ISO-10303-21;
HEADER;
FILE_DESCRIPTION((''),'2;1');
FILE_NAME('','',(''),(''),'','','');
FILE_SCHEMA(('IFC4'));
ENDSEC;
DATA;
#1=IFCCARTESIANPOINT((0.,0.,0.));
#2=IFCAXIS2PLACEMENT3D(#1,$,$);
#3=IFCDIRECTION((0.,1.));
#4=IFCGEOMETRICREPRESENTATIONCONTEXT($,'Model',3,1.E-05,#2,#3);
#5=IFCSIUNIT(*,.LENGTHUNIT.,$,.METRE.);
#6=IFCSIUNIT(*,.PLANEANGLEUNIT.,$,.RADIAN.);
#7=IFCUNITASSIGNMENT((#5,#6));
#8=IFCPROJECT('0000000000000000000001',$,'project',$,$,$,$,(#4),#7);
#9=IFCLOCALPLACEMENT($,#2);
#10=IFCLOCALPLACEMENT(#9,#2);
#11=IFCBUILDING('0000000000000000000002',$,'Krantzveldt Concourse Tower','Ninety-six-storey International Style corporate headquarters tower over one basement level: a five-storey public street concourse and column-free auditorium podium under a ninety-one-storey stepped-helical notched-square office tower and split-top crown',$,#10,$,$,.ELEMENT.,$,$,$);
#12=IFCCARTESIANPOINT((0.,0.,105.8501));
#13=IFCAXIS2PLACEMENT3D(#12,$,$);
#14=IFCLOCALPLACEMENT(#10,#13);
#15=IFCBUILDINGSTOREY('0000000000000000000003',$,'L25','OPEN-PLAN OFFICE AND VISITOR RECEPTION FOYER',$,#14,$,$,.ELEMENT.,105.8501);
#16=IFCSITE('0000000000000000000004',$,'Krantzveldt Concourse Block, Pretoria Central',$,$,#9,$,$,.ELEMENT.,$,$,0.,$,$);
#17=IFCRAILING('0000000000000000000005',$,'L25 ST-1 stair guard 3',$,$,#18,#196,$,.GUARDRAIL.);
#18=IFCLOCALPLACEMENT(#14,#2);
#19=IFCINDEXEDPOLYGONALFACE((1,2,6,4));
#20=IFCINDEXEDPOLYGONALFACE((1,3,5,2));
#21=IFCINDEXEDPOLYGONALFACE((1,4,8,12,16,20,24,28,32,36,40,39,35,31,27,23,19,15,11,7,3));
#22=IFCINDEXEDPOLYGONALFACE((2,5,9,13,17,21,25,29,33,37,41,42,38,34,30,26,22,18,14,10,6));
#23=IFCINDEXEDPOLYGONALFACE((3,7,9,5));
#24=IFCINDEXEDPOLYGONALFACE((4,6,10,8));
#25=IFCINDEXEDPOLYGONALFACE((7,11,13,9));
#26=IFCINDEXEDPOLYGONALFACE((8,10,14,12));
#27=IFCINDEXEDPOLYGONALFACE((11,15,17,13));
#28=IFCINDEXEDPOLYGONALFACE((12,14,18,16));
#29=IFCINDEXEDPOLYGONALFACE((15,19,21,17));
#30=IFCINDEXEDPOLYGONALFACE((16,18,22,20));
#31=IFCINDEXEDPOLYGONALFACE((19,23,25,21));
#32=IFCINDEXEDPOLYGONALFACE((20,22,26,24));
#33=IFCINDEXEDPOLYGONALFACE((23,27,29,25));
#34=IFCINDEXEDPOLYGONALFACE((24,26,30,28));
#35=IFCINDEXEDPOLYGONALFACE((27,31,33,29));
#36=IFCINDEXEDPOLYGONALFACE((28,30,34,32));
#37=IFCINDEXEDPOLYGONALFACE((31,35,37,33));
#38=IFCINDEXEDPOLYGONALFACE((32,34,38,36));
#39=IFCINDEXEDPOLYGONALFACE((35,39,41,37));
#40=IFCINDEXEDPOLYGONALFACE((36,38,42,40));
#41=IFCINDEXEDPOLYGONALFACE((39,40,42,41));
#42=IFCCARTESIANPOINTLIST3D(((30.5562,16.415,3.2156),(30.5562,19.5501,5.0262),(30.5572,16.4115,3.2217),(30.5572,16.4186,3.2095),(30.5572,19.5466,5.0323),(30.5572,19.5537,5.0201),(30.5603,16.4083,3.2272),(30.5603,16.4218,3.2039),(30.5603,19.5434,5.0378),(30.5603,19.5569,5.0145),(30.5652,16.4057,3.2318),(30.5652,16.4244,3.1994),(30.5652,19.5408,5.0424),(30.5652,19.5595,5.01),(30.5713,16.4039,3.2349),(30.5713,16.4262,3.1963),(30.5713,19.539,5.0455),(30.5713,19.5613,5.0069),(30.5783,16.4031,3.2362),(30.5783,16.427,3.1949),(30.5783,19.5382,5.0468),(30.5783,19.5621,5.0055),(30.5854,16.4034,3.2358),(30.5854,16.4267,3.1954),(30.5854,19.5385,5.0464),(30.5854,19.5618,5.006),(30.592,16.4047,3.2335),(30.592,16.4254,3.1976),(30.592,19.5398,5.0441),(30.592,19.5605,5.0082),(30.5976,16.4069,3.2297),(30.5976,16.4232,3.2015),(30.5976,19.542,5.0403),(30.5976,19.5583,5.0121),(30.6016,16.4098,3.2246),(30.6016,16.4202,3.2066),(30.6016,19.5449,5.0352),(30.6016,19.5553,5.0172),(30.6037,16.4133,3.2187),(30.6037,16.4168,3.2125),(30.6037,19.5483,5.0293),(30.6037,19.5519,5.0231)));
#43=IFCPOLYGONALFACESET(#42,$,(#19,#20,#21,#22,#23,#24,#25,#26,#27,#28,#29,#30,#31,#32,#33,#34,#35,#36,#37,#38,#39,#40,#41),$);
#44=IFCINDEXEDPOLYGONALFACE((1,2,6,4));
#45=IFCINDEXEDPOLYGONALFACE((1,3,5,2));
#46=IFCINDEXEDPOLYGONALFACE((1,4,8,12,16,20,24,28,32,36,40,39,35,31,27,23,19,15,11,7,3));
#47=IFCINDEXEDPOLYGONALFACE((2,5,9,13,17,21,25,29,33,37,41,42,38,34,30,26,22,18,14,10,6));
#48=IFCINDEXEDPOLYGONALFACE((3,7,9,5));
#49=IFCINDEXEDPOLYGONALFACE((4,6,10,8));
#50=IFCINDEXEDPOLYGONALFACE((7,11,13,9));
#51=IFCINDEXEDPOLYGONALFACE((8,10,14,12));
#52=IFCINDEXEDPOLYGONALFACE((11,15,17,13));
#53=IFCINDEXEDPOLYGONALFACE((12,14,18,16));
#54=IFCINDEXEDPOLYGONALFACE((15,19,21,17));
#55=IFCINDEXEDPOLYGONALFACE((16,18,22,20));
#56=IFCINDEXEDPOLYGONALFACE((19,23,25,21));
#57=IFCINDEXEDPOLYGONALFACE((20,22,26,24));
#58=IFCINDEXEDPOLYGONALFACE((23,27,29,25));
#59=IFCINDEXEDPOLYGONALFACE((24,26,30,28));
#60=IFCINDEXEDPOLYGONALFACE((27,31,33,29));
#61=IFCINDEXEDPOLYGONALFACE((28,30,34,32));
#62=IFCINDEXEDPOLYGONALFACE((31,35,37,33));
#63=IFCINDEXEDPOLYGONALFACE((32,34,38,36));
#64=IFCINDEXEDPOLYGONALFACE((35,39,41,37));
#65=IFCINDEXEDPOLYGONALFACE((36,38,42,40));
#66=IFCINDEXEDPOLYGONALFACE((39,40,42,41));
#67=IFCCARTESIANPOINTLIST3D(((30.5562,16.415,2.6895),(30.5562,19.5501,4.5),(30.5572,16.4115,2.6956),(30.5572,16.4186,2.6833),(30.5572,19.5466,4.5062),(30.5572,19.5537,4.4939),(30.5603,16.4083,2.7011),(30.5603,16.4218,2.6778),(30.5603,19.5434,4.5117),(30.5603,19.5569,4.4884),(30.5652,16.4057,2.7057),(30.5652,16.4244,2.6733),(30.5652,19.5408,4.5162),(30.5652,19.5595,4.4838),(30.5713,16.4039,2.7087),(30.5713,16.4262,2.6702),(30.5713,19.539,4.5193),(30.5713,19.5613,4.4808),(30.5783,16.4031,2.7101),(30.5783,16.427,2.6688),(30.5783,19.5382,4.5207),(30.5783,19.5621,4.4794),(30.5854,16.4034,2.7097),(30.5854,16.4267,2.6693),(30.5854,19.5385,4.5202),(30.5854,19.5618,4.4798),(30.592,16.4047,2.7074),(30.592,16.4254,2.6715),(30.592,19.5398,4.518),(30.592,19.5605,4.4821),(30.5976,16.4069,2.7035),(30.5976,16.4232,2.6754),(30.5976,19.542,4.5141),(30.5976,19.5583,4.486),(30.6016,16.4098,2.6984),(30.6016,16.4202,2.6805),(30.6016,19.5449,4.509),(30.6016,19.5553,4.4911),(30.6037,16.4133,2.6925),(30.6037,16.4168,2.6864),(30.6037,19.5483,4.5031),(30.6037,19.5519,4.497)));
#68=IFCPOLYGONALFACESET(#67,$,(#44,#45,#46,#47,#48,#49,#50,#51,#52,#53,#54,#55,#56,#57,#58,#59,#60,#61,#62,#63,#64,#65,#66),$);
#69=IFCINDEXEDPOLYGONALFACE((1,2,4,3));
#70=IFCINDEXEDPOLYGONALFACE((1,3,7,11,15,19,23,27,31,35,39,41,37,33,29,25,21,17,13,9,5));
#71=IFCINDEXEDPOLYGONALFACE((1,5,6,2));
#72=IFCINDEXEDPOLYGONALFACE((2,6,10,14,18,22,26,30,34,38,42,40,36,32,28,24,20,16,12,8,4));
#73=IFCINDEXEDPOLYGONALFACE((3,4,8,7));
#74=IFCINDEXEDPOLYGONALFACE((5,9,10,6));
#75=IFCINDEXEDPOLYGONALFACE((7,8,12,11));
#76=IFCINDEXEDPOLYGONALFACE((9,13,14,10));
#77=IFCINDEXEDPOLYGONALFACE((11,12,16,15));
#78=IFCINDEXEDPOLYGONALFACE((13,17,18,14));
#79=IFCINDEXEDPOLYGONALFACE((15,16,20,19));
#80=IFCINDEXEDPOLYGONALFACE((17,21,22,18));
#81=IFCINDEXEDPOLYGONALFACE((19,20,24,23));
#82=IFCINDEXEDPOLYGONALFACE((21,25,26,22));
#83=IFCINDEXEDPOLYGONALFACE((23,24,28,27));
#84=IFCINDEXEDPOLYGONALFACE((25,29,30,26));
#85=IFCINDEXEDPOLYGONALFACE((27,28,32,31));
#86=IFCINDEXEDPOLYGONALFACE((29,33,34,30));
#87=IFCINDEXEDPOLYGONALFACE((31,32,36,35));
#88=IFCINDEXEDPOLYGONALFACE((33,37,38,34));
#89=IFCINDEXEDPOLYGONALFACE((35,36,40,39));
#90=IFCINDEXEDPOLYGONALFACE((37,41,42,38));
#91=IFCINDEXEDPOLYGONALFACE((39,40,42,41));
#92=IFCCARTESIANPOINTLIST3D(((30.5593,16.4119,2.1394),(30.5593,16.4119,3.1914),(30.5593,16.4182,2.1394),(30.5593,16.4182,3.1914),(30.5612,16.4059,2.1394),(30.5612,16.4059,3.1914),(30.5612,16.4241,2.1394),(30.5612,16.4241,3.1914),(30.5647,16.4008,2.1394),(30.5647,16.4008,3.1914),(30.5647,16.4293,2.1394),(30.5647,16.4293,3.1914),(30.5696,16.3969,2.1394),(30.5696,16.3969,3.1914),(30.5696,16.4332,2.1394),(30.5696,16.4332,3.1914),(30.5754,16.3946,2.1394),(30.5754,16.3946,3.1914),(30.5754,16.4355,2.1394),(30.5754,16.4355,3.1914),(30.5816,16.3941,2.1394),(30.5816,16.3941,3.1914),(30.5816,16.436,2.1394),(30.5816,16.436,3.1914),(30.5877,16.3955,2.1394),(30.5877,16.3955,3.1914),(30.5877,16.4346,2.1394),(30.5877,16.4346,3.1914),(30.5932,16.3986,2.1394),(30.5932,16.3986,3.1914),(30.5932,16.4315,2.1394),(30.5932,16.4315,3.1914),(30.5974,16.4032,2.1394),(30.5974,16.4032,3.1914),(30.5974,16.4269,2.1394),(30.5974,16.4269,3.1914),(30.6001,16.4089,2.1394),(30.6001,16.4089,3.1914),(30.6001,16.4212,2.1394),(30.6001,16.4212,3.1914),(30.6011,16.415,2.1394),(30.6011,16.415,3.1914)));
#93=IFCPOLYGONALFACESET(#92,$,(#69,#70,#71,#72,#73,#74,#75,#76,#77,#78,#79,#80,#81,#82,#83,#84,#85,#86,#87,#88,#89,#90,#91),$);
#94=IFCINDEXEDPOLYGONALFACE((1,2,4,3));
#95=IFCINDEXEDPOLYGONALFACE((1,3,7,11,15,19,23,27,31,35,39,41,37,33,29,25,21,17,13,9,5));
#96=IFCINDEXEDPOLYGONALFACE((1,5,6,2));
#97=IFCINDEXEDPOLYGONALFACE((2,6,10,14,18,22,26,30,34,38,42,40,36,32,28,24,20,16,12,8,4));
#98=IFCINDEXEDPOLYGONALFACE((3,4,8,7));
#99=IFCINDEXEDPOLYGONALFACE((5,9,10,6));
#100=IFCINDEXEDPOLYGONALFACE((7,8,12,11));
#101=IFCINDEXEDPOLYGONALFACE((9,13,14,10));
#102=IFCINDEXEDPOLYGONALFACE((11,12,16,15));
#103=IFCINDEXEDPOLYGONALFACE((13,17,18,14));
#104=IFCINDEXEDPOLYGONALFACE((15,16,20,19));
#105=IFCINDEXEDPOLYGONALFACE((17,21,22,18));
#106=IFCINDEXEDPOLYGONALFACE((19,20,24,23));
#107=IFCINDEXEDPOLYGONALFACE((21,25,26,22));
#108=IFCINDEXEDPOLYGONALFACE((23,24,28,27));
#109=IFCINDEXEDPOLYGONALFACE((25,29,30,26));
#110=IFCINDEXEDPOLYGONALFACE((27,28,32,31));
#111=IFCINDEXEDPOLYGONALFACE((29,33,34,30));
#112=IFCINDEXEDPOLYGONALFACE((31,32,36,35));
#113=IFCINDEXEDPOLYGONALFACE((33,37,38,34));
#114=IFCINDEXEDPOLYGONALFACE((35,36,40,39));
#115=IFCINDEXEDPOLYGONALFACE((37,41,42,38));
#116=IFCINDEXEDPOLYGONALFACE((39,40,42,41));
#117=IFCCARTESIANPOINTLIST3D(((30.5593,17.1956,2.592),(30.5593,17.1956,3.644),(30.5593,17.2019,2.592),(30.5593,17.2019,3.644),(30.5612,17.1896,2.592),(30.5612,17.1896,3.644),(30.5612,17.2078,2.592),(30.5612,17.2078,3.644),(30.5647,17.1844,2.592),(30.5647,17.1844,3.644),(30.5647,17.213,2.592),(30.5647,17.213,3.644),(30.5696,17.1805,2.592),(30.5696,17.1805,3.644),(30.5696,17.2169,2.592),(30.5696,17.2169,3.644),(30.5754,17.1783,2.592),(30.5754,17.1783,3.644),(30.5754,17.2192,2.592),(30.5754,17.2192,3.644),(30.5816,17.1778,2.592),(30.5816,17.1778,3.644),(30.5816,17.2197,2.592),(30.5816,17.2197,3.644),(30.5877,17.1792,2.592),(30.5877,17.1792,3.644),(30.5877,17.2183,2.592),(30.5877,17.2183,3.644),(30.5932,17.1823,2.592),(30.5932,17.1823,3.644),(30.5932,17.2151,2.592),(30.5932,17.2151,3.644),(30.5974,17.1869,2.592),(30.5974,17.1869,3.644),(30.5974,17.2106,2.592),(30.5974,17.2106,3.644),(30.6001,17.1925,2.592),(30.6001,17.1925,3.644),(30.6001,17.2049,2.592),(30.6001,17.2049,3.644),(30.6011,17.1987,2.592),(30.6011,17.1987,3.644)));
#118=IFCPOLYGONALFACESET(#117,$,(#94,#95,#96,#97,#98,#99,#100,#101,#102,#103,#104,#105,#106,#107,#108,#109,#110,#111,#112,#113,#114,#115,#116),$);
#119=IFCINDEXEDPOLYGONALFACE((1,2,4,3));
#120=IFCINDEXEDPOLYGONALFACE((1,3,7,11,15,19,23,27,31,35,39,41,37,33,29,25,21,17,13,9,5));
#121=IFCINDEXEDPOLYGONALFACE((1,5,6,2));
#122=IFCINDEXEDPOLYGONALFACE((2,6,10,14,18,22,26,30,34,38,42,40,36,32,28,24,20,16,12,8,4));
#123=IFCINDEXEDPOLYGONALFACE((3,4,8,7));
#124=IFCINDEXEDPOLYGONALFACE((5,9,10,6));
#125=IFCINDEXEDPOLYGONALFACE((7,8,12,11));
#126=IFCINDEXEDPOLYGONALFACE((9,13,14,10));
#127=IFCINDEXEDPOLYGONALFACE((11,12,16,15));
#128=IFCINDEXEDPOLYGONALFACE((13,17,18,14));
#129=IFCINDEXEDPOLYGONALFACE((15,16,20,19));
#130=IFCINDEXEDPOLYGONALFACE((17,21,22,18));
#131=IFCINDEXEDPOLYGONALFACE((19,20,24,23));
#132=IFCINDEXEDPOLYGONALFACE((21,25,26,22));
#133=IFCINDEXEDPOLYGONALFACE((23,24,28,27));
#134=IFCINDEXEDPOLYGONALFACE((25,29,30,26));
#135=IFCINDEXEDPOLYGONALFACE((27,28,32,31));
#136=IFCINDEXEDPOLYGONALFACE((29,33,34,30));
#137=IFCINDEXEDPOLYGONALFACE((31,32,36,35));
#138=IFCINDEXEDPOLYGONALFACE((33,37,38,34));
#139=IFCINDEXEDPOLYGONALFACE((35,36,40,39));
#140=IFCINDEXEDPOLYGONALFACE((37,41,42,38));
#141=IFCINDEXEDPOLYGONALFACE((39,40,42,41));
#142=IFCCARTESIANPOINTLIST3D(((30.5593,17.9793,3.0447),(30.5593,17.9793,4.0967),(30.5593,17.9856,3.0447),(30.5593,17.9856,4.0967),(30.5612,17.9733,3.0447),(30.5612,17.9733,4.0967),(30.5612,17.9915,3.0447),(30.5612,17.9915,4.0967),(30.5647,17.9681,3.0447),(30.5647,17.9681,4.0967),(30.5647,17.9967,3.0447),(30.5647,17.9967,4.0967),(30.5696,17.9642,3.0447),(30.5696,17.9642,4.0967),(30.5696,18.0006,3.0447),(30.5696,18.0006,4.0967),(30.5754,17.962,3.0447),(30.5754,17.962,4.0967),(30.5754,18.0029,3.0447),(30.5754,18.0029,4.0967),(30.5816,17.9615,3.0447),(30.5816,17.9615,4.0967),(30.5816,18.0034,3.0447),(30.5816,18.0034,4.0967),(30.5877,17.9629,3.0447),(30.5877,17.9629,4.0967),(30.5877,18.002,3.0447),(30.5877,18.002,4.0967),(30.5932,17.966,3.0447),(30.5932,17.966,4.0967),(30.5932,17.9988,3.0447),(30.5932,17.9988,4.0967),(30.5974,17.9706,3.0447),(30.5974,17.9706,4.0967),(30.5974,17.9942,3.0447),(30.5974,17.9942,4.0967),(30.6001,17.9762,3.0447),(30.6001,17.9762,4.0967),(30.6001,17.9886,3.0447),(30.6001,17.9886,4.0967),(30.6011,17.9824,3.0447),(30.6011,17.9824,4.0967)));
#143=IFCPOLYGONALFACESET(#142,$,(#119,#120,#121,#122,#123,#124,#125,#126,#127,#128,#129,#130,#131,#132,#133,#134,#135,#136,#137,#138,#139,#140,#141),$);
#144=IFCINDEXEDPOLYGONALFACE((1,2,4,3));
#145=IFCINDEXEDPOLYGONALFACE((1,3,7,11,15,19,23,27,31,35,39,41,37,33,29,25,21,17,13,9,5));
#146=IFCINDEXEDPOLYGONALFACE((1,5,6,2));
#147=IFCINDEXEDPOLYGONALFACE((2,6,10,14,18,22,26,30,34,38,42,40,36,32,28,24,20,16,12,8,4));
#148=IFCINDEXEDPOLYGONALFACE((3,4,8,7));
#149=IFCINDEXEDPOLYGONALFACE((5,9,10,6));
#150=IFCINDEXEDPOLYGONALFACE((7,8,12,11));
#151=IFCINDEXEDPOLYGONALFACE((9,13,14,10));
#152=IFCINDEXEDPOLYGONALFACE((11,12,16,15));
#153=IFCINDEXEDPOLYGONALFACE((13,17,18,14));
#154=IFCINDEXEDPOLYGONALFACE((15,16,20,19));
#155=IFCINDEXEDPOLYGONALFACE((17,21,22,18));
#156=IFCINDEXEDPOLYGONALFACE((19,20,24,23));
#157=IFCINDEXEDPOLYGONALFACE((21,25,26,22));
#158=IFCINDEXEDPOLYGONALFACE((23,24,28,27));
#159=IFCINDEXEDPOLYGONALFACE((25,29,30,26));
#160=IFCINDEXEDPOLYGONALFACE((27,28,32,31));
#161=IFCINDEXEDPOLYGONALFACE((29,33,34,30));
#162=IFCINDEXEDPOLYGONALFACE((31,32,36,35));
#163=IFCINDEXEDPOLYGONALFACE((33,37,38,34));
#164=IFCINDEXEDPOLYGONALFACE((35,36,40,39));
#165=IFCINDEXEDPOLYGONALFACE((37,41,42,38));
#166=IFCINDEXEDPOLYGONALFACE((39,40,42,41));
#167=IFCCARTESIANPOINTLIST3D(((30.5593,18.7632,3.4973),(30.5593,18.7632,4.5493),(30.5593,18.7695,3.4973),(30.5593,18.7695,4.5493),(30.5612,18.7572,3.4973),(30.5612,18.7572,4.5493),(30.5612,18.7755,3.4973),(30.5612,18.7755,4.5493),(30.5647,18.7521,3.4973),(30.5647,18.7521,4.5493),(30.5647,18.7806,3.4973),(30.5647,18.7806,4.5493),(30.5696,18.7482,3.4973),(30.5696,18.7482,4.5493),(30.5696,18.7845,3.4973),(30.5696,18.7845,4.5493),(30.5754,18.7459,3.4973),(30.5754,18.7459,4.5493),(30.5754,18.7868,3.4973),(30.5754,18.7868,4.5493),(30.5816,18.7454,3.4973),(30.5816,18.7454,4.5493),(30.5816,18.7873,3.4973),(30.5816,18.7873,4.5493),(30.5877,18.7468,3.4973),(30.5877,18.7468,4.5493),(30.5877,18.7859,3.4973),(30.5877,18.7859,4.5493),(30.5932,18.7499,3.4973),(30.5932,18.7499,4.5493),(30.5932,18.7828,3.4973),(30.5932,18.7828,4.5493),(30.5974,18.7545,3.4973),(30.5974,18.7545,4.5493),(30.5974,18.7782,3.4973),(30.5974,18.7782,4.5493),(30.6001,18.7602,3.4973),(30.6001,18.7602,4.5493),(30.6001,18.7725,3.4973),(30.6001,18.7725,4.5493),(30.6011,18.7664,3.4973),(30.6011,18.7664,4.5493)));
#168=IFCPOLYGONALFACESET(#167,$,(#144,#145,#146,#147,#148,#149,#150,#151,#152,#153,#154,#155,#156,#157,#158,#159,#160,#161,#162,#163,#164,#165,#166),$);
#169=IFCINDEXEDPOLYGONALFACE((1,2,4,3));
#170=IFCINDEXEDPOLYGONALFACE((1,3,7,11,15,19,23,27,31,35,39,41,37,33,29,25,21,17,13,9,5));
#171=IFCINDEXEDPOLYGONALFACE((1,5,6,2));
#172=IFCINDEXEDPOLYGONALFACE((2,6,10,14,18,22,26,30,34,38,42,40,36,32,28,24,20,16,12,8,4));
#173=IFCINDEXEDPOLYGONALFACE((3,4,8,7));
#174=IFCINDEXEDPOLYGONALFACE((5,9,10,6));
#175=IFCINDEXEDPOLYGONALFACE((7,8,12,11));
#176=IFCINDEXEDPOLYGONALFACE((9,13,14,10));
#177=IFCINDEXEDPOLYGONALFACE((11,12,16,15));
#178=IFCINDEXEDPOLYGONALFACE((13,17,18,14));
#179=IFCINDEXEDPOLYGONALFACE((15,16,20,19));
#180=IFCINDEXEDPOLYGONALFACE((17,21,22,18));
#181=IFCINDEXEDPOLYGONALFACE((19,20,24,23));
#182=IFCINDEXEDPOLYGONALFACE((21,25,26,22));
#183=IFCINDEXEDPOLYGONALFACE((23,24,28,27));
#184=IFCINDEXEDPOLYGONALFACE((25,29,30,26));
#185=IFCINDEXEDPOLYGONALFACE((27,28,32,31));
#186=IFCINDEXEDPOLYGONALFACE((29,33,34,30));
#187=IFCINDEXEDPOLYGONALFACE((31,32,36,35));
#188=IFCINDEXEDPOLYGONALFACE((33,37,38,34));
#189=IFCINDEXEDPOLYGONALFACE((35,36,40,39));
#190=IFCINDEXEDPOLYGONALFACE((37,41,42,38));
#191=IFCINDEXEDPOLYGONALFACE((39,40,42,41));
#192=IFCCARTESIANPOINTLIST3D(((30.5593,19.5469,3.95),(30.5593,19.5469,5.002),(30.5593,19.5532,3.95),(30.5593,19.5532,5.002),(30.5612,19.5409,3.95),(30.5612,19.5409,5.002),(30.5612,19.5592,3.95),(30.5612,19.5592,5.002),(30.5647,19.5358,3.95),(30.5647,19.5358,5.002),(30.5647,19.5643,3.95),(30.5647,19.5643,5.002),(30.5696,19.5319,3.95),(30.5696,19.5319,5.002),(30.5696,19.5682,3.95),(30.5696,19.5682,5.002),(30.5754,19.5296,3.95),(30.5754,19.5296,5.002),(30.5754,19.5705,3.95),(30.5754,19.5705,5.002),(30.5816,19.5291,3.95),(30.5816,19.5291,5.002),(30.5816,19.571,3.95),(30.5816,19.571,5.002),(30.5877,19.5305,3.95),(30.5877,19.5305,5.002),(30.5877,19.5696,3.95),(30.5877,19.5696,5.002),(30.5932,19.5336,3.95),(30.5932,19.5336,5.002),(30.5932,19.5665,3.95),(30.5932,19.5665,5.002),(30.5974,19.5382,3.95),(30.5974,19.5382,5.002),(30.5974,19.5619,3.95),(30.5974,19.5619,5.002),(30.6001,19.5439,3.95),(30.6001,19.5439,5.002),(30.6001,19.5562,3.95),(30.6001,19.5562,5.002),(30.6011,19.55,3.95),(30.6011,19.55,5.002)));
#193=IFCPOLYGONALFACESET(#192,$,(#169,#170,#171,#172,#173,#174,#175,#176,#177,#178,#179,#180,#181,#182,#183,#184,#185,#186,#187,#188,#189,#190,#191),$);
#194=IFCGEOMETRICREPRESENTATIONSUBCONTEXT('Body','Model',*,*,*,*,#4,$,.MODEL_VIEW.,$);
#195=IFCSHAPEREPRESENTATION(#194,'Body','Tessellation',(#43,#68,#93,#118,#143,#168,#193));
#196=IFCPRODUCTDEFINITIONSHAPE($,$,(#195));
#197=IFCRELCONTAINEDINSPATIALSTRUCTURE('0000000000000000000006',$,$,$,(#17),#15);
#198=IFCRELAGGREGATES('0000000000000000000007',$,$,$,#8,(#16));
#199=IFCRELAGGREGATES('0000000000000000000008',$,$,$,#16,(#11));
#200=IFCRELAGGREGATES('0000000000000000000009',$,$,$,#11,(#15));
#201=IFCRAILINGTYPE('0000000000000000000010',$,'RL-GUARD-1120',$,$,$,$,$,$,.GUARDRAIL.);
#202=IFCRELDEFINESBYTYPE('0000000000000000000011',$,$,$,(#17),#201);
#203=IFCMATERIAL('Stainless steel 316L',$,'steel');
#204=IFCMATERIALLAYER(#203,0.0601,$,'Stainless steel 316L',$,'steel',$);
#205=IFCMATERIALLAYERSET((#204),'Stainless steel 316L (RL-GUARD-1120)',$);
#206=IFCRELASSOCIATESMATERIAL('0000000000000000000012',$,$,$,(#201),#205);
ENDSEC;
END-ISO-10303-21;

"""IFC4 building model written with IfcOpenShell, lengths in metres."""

from ifc_helpers import new_model, si_unit, direction, frame, origin, origin_2d, place, context, subcontext, project, spatial, circle, extrude, material, layer, layer_set, type_object, element, save


model = new_model("IFC4")

# Units and contexts
model_context = context("Model", 3, precision=1e-05, world=origin(), true_north=direction((0.0, 1.0)))
body_context = subcontext(model_context, "Body", "Model", "MODEL_VIEW")
ifc_project = project(units=[si_unit("LENGTHUNIT", "METRE"), si_unit("PLANEANGLEUNIT", "RADIAN")], contexts=[model_context])

# Site, building, storey
site_placement = place(None, origin())
site = spatial("IfcSite", under=ifc_project, at=site_placement, Name="Krantzveldt Concourse Block, Pretoria Central", CompositionType="ELEMENT", RefElevation=0.0)
building_placement = place(site_placement, origin())
building = spatial("IfcBuilding", under=site, at=building_placement, Name="Krantzveldt Concourse Tower", Description="Ninety-six-storey International Style corporate headquarters tower over one basement level: a five-storey public street concourse and column-free auditorium podium under a ninety-one-storey stepped-helical notched-square office tower and split-top crown", CompositionType="ELEMENT")
storey_placement = place(building_placement, frame((0.0, 0.0, 105.8501)))
storey = spatial("IfcBuildingStorey", under=building, at=storey_placement, Name="L25", Description="OPEN-PLAN OFFICE AND VISITOR RECEPTION FOYER", CompositionType="ELEMENT", Elevation=105.8501)

# Railing
ifc_material_1 = material(Name="Stainless steel 316L", Category="steel")
ifc_layer_1 = layer(ifc_material_1, 0.0601, Name="Stainless steel 316L", Category="steel")
ifc_layer_set_1 = layer_set([ifc_layer_1], Name="Stainless steel 316L (RL-GUARD-1120)")
railing_type_1 = type_object("IfcRailingType", Name="RL-GUARD-1120", PredefinedType="GUARDRAIL", material=ifc_layer_set_1)
railing_1_placement = place(storey_placement, frame((30.5801, 16.415, 2.1394)))
element("IfcRailing", 1, at=railing_1_placement, inside=storey, type_object=railing_type_1, Name="L25 ST-1 stair guard 3", PredefinedType="GUARDRAIL", context=body_context, shape_type="SweptSolid", body=[
    extrude(circle(Radius=0.0239, at=origin_2d()), frame((0.0, 0.0, 1.0762), z_axis=(0.0, 0.86596, 0.500114), x_axis=(-1.0, 0.0, 0.0)), (0.0, 0.0, 1.0), 3.6204),
    extrude(circle(Radius=0.0239, at=origin_2d()), frame((0.0, 0.0, 0.55), z_axis=(0.0, 0.86596, 0.500114), x_axis=(-1.0, 0.0, 0.0)), (0.0, 0.0, 1.0), 3.6204),
    extrude(circle(Radius=0.021, at=origin_2d()), origin(), (0.0, 0.0, 1.0), 1.052),
    extrude(circle(Radius=0.021, at=origin_2d()), frame((0.0, 0.7837, 0.4526)), (0.0, 0.0, 1.0), 1.052),
    extrude(circle(Radius=0.021, at=origin_2d()), frame((0.0, 1.5674, 0.9053)), (0.0, 0.0, 1.0), 1.052),
    extrude(circle(Radius=0.021, at=origin_2d()), frame((0.0, 2.3513, 1.3579)), (0.0, 0.0, 1.0), 1.052),
    extrude(circle(Radius=0.021, at=origin_2d()), frame((0.0, 3.135, 1.8105)), (0.0, 0.0, 1.0), 1.052),
])

save(model, "model.ifc")
